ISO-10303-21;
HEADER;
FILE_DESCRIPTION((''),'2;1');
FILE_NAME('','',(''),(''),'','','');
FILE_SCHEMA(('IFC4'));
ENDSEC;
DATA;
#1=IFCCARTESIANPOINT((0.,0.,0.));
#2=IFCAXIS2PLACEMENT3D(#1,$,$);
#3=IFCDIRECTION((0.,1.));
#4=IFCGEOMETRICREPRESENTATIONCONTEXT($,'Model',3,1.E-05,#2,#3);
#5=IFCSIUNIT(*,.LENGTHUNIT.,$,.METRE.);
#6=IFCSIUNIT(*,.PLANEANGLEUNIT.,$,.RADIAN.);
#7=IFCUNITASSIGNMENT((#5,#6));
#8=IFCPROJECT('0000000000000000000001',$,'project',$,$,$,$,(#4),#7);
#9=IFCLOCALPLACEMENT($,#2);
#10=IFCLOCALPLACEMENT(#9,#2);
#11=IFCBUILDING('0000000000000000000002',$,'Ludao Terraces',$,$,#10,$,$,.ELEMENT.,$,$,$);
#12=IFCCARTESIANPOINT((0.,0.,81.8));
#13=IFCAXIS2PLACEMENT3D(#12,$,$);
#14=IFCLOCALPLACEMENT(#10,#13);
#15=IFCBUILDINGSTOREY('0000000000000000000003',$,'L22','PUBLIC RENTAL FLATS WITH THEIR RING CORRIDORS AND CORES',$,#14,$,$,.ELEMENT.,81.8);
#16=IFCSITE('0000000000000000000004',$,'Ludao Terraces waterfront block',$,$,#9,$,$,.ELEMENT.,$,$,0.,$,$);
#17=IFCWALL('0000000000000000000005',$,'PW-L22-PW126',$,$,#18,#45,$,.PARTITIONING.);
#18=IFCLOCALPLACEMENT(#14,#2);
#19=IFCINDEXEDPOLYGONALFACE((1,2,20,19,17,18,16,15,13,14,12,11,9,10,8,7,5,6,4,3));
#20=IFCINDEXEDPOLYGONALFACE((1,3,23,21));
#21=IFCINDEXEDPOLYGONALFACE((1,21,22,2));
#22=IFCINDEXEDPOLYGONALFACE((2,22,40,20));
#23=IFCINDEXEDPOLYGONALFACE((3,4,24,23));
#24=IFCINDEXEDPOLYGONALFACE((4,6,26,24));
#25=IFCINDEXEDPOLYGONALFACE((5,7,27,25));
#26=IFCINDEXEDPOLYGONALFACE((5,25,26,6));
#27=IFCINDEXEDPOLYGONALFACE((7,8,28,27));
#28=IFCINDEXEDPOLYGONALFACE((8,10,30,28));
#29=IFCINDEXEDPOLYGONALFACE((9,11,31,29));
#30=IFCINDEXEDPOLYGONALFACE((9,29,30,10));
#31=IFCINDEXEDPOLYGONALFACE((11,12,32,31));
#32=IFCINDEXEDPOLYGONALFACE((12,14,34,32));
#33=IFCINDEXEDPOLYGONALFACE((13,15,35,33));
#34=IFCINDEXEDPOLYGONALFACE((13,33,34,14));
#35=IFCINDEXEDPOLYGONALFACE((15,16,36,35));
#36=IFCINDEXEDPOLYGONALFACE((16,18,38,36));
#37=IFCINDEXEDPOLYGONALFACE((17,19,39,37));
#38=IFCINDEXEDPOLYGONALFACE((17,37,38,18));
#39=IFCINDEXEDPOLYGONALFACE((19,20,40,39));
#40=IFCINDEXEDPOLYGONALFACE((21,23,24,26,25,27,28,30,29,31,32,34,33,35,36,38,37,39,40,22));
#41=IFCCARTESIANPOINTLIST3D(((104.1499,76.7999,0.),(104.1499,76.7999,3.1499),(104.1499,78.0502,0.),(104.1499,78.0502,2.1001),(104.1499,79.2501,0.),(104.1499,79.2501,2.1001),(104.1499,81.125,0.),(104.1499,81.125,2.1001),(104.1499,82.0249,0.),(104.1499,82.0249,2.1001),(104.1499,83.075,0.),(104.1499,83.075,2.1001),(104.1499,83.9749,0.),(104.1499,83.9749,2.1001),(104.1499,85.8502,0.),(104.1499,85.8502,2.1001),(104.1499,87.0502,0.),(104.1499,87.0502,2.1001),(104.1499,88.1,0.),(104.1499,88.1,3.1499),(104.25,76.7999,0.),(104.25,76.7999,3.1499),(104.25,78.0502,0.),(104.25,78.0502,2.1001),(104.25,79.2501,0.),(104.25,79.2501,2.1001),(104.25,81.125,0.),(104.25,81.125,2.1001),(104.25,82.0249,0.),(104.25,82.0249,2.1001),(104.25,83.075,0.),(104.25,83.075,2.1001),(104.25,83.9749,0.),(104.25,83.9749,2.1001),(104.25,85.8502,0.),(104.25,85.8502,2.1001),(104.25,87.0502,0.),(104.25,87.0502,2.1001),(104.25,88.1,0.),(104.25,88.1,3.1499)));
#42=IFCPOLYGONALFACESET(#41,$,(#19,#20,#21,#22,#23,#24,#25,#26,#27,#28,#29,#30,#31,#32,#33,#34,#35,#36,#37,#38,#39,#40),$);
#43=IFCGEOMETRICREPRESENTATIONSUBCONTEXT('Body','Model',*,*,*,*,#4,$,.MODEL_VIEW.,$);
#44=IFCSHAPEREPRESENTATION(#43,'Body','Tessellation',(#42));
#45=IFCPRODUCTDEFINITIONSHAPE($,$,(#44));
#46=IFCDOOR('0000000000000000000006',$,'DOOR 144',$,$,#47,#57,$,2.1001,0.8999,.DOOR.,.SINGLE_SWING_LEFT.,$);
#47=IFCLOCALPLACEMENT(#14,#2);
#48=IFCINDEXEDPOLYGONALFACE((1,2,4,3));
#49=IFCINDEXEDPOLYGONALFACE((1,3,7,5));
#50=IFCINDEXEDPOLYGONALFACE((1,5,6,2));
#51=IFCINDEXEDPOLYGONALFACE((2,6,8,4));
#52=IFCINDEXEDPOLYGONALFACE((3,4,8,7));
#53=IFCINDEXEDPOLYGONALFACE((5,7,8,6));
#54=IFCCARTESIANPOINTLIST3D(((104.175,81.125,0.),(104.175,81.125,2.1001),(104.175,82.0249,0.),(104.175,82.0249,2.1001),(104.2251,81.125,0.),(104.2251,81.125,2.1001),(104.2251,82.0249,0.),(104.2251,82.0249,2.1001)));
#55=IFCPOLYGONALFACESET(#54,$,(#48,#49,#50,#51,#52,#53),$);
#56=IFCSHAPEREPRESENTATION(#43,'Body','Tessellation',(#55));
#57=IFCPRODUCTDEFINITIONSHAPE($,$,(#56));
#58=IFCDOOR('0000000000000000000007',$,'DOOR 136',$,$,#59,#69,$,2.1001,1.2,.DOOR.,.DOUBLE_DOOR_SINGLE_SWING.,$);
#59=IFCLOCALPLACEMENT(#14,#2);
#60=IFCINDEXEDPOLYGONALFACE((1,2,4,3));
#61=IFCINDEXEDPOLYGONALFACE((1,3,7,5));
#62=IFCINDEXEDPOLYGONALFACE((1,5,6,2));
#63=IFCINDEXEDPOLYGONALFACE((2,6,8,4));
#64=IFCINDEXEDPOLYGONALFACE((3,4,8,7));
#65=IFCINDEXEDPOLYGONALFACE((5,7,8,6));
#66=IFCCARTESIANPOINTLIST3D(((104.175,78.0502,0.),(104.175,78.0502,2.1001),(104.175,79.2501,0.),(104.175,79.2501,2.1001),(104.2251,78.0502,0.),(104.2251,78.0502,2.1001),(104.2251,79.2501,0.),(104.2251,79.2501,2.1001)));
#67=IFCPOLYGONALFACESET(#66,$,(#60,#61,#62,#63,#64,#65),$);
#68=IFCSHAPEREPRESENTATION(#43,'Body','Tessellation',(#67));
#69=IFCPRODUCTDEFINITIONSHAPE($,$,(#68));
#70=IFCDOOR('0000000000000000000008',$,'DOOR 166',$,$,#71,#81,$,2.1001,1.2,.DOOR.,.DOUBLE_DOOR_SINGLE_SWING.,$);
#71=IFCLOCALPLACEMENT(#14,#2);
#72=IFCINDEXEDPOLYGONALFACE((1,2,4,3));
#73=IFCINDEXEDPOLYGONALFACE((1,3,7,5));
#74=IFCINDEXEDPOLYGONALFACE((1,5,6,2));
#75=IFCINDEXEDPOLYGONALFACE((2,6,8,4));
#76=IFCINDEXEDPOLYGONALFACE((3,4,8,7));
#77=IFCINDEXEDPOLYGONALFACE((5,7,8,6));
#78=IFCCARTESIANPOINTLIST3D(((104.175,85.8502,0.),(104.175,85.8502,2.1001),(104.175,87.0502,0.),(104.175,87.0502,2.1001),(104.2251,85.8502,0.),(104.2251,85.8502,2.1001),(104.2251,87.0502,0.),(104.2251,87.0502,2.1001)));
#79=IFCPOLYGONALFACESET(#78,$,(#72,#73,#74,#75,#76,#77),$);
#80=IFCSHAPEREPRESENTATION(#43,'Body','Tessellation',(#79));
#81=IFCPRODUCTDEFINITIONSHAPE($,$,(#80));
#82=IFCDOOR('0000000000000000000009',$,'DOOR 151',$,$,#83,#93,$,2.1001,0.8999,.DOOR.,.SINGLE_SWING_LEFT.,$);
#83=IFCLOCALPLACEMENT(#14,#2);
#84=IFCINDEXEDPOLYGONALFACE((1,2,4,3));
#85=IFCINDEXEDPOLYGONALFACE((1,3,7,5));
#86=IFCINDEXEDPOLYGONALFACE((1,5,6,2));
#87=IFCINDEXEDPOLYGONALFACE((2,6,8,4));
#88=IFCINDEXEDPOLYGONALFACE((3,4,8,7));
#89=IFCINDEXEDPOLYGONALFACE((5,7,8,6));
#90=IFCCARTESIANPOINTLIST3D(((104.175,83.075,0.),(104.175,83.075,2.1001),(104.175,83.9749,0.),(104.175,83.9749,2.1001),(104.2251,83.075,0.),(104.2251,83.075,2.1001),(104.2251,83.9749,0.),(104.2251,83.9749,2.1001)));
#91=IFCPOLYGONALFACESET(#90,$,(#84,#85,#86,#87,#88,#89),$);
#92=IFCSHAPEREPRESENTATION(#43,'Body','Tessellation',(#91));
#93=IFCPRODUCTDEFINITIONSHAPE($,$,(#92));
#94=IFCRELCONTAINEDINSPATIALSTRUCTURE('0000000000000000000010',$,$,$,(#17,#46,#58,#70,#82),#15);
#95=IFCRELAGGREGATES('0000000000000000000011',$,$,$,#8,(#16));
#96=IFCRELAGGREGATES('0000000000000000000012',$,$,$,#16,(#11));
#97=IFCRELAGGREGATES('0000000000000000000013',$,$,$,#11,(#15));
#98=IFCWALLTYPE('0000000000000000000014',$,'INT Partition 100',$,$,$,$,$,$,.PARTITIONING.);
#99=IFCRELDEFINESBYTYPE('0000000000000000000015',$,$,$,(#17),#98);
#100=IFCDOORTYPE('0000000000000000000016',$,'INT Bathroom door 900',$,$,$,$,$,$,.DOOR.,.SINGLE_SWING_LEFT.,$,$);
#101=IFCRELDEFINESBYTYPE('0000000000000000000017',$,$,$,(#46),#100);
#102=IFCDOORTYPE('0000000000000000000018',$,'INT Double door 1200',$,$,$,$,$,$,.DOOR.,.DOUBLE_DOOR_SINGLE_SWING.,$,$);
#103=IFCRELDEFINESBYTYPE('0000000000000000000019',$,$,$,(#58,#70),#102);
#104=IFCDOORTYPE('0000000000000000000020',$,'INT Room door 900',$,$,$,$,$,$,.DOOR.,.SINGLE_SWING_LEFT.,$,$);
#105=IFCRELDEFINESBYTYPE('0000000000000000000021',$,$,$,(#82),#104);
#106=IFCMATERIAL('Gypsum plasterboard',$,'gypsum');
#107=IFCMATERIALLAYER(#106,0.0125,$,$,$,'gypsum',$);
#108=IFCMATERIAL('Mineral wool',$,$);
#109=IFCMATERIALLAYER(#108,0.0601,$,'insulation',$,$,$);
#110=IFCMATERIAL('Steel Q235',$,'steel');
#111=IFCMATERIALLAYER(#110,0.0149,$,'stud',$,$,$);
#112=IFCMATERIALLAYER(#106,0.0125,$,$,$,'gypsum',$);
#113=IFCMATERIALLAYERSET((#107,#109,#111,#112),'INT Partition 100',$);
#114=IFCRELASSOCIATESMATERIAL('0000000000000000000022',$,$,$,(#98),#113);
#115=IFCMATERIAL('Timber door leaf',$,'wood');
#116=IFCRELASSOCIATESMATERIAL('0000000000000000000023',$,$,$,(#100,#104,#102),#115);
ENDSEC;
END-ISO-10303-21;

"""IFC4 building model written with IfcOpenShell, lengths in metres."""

from ifc_helpers import new_model, si_unit, direction, frame, frame_2d, origin, place, context, subcontext, project, spatial, rectangle, extrude, material, layer, layer_set, type_object, element, fill, save


model = new_model("IFC4")

# Units and contexts
model_context = context("Model", 3, precision=1e-05, world=origin(), true_north=direction((0.0, 1.0)))
body_context = subcontext(model_context, "Body", "Model", "MODEL_VIEW")
ifc_project = project(units=[si_unit("LENGTHUNIT", "METRE"), si_unit("PLANEANGLEUNIT", "RADIAN")], contexts=[model_context])

# Site, building, storey
site_placement = place(None, origin())
site = spatial("IfcSite", under=ifc_project, at=site_placement, Name="Ludao Terraces waterfront block", CompositionType="ELEMENT", RefElevation=0.0)
building_placement = place(site_placement, origin())
building = spatial("IfcBuilding", under=site, at=building_placement, Name="Ludao Terraces", CompositionType="ELEMENT")
storey_placement = place(building_placement, frame((0.0, 0.0, 81.8)))
storey = spatial("IfcBuildingStorey", under=building, at=storey_placement, Name="L22", Description="PUBLIC RENTAL FLATS WITH THEIR RING CORRIDORS AND CORES", CompositionType="ELEMENT", Elevation=81.8)

# Shared definitions
ifc_material_1 = material(Name="Mineral wool")

# Shared definitions
ifc_material_2 = material(Name="Gypsum plasterboard", Category="gypsum")
ifc_layer_1 = layer(ifc_material_2, 0.0125, Category="gypsum")
ifc_layer_2 = layer(ifc_material_1, 0.0601, Name="insulation")
ifc_material_3 = material(Name="Steel Q235", Category="steel")
ifc_layer_3 = layer(ifc_material_3, 0.0149, Name="stud")
ifc_layer_4 = layer(ifc_material_2, 0.0125, Category="gypsum")
ifc_layer_set_1 = layer_set([ifc_layer_1, ifc_layer_2, ifc_layer_3, ifc_layer_4], Name="INT Partition 100")
wall_type_1 = type_object("IfcWallType", Name="INT Partition 100", PredefinedType="PARTITIONING", material=ifc_layer_set_1)

# Wall, openings, doors
ifc_material_4 = material(Name="Timber door leaf", Category="wood")
door_type_1 = type_object("IfcDoorType", Name="INT Bathroom door 900", OperationType="SINGLE_SWING_LEFT", PredefinedType="DOOR", material=ifc_material_4)
door_type_2 = type_object("IfcDoorType", Name="INT Room door 900", OperationType="SINGLE_SWING_LEFT", PredefinedType="DOOR", material=ifc_material_4)
wall_1_placement = place(storey_placement, frame((104.2, 76.8, 0.0), z_axis=(0.0, 0.0, 1.0), x_axis=(0.0, 1.0, 0.0)))
wall_1 = element("IfcWall", 1, at=wall_1_placement, inside=storey, type_object=wall_type_1, Name="PW-L22-PW126", PredefinedType="PARTITIONING", context=body_context, shape_type="SweptSolid", body=[
    extrude(rectangle(XDim=11.3, YDim=0.1001, at=frame_2d((5.6499, 0.0))), origin(), (0.0, 0.0, 1.0), 3.1499),
])
opening_1_placement = place(wall_1_placement, frame((1.25, 0.0, 0.0)))
opening_1 = element("IfcOpeningElement", 2, at=opening_1_placement, cuts=wall_1, PredefinedType="OPENING", context=body_context, shape_type="SweptSolid", body=[
    extrude(rectangle(XDim=1.2, YDim=2.1001, at=frame_2d((0.6001, 1.05))), frame((0.0, 0.0601, 0.0), z_axis=(0.0, -1.0, 0.0), x_axis=(1.0, 0.0, 0.0)), (0.0, 0.0, 1.0), 0.1201),
])
opening_2_placement = place(wall_1_placement, frame((4.325, 0.0, 0.0)))
opening_2 = element("IfcOpeningElement", 3, at=opening_2_placement, cuts=wall_1, PredefinedType="OPENING", context=body_context, shape_type="SweptSolid", body=[
    extrude(rectangle(XDim=0.8999, YDim=2.1001, at=frame_2d((0.45, 1.05))), frame((0.0, 0.0601, 0.0), z_axis=(0.0, -1.0, 0.0), x_axis=(1.0, 0.0, 0.0)), (0.0, 0.0, 1.0), 0.1201),
])
opening_3_placement = place(wall_1_placement, frame((6.2749, 0.0, 0.0)))
opening_3 = element("IfcOpeningElement", 4, at=opening_3_placement, cuts=wall_1, PredefinedType="OPENING", context=body_context, shape_type="SweptSolid", body=[
    extrude(rectangle(XDim=0.8999, YDim=2.1001, at=frame_2d((0.45, 1.05))), frame((0.0, 0.0601, 0.0), z_axis=(0.0, -1.0, 0.0), x_axis=(1.0, 0.0, 0.0)), (0.0, 0.0, 1.0), 0.1201),
])
opening_4_placement = place(wall_1_placement, frame((9.05, 0.0, 0.0)))
opening_4 = element("IfcOpeningElement", 5, at=opening_4_placement, cuts=wall_1, PredefinedType="OPENING", context=body_context, shape_type="SweptSolid", body=[
    extrude(rectangle(XDim=1.2, YDim=2.1001, at=frame_2d((0.6001, 1.05))), frame((0.0, 0.0601, 0.0), z_axis=(0.0, -1.0, 0.0), x_axis=(1.0, 0.0, 0.0)), (0.0, 0.0, 1.0), 0.1201),
])
door_1_placement = place(opening_2_placement, origin())
door_1 = element("IfcDoor", 6, at=door_1_placement, inside=storey, type_object=door_type_1, Name="DOOR 144", OperationType="SINGLE_SWING_LEFT", OverallHeight=2.1001, OverallWidth=0.8999, PredefinedType="DOOR", context=body_context, shape_type="SweptSolid", body=[
    extrude(rectangle(XDim=0.8999, YDim=2.1001, at=frame_2d((0.45, 1.05))), frame((0.0, 0.0249, 0.0), z_axis=(0.0, -1.0, 0.0), x_axis=(1.0, 0.0, 0.0)), (0.0, 0.0, 1.0), 0.05),
])
fill(opening_2, door_1)
door_type_3 = type_object("IfcDoorType", Name="INT Double door 1200", OperationType="DOUBLE_DOOR_SINGLE_SWING", PredefinedType="DOOR", material=ifc_material_4)
door_2_placement = place(opening_1_placement, origin())
door_2 = element("IfcDoor", 7, at=door_2_placement, inside=storey, type_object=door_type_3, Name="DOOR 136", OperationType="DOUBLE_DOOR_SINGLE_SWING", OverallHeight=2.1001, OverallWidth=1.2, PredefinedType="DOOR", context=body_context, shape_type="SweptSolid", body=[
    extrude(rectangle(XDim=1.2, YDim=2.1001, at=frame_2d((0.6001, 1.05))), frame((0.0, 0.0249, 0.0), z_axis=(0.0, -1.0, 0.0), x_axis=(1.0, 0.0, 0.0)), (0.0, 0.0, 1.0), 0.05),
])
fill(opening_1, door_2)
door_3_placement = place(opening_4_placement, origin())
door_3 = element("IfcDoor", 8, at=door_3_placement, inside=storey, type_object=door_type_3, Name="DOOR 166", OperationType="DOUBLE_DOOR_SINGLE_SWING", OverallHeight=2.1001, OverallWidth=1.2, PredefinedType="DOOR", context=body_context, shape_type="SweptSolid", body=[
    extrude(rectangle(XDim=1.2, YDim=2.1001, at=frame_2d((0.6001, 1.05))), frame((0.0, 0.0249, 0.0), z_axis=(0.0, -1.0, 0.0), x_axis=(1.0, 0.0, 0.0)), (0.0, 0.0, 1.0), 0.05),
])
fill(opening_4, door_3)
door_4_placement = place(opening_3_placement, origin())
door_4 = element("IfcDoor", 9, at=door_4_placement, inside=storey, type_object=door_type_2, Name="DOOR 151", OperationType="SINGLE_SWING_LEFT", OverallHeight=2.1001, OverallWidth=0.8999, PredefinedType="DOOR", context=body_context, shape_type="SweptSolid", body=[
    extrude(rectangle(XDim=0.8999, YDim=2.1001, at=frame_2d((0.45, 1.05))), frame((0.0, 0.0249, 0.0), z_axis=(0.0, -1.0, 0.0), x_axis=(1.0, 0.0, 0.0)), (0.0, 0.0, 1.0), 0.05),
])
fill(opening_3, door_4)

save(model, "model.ifc")
